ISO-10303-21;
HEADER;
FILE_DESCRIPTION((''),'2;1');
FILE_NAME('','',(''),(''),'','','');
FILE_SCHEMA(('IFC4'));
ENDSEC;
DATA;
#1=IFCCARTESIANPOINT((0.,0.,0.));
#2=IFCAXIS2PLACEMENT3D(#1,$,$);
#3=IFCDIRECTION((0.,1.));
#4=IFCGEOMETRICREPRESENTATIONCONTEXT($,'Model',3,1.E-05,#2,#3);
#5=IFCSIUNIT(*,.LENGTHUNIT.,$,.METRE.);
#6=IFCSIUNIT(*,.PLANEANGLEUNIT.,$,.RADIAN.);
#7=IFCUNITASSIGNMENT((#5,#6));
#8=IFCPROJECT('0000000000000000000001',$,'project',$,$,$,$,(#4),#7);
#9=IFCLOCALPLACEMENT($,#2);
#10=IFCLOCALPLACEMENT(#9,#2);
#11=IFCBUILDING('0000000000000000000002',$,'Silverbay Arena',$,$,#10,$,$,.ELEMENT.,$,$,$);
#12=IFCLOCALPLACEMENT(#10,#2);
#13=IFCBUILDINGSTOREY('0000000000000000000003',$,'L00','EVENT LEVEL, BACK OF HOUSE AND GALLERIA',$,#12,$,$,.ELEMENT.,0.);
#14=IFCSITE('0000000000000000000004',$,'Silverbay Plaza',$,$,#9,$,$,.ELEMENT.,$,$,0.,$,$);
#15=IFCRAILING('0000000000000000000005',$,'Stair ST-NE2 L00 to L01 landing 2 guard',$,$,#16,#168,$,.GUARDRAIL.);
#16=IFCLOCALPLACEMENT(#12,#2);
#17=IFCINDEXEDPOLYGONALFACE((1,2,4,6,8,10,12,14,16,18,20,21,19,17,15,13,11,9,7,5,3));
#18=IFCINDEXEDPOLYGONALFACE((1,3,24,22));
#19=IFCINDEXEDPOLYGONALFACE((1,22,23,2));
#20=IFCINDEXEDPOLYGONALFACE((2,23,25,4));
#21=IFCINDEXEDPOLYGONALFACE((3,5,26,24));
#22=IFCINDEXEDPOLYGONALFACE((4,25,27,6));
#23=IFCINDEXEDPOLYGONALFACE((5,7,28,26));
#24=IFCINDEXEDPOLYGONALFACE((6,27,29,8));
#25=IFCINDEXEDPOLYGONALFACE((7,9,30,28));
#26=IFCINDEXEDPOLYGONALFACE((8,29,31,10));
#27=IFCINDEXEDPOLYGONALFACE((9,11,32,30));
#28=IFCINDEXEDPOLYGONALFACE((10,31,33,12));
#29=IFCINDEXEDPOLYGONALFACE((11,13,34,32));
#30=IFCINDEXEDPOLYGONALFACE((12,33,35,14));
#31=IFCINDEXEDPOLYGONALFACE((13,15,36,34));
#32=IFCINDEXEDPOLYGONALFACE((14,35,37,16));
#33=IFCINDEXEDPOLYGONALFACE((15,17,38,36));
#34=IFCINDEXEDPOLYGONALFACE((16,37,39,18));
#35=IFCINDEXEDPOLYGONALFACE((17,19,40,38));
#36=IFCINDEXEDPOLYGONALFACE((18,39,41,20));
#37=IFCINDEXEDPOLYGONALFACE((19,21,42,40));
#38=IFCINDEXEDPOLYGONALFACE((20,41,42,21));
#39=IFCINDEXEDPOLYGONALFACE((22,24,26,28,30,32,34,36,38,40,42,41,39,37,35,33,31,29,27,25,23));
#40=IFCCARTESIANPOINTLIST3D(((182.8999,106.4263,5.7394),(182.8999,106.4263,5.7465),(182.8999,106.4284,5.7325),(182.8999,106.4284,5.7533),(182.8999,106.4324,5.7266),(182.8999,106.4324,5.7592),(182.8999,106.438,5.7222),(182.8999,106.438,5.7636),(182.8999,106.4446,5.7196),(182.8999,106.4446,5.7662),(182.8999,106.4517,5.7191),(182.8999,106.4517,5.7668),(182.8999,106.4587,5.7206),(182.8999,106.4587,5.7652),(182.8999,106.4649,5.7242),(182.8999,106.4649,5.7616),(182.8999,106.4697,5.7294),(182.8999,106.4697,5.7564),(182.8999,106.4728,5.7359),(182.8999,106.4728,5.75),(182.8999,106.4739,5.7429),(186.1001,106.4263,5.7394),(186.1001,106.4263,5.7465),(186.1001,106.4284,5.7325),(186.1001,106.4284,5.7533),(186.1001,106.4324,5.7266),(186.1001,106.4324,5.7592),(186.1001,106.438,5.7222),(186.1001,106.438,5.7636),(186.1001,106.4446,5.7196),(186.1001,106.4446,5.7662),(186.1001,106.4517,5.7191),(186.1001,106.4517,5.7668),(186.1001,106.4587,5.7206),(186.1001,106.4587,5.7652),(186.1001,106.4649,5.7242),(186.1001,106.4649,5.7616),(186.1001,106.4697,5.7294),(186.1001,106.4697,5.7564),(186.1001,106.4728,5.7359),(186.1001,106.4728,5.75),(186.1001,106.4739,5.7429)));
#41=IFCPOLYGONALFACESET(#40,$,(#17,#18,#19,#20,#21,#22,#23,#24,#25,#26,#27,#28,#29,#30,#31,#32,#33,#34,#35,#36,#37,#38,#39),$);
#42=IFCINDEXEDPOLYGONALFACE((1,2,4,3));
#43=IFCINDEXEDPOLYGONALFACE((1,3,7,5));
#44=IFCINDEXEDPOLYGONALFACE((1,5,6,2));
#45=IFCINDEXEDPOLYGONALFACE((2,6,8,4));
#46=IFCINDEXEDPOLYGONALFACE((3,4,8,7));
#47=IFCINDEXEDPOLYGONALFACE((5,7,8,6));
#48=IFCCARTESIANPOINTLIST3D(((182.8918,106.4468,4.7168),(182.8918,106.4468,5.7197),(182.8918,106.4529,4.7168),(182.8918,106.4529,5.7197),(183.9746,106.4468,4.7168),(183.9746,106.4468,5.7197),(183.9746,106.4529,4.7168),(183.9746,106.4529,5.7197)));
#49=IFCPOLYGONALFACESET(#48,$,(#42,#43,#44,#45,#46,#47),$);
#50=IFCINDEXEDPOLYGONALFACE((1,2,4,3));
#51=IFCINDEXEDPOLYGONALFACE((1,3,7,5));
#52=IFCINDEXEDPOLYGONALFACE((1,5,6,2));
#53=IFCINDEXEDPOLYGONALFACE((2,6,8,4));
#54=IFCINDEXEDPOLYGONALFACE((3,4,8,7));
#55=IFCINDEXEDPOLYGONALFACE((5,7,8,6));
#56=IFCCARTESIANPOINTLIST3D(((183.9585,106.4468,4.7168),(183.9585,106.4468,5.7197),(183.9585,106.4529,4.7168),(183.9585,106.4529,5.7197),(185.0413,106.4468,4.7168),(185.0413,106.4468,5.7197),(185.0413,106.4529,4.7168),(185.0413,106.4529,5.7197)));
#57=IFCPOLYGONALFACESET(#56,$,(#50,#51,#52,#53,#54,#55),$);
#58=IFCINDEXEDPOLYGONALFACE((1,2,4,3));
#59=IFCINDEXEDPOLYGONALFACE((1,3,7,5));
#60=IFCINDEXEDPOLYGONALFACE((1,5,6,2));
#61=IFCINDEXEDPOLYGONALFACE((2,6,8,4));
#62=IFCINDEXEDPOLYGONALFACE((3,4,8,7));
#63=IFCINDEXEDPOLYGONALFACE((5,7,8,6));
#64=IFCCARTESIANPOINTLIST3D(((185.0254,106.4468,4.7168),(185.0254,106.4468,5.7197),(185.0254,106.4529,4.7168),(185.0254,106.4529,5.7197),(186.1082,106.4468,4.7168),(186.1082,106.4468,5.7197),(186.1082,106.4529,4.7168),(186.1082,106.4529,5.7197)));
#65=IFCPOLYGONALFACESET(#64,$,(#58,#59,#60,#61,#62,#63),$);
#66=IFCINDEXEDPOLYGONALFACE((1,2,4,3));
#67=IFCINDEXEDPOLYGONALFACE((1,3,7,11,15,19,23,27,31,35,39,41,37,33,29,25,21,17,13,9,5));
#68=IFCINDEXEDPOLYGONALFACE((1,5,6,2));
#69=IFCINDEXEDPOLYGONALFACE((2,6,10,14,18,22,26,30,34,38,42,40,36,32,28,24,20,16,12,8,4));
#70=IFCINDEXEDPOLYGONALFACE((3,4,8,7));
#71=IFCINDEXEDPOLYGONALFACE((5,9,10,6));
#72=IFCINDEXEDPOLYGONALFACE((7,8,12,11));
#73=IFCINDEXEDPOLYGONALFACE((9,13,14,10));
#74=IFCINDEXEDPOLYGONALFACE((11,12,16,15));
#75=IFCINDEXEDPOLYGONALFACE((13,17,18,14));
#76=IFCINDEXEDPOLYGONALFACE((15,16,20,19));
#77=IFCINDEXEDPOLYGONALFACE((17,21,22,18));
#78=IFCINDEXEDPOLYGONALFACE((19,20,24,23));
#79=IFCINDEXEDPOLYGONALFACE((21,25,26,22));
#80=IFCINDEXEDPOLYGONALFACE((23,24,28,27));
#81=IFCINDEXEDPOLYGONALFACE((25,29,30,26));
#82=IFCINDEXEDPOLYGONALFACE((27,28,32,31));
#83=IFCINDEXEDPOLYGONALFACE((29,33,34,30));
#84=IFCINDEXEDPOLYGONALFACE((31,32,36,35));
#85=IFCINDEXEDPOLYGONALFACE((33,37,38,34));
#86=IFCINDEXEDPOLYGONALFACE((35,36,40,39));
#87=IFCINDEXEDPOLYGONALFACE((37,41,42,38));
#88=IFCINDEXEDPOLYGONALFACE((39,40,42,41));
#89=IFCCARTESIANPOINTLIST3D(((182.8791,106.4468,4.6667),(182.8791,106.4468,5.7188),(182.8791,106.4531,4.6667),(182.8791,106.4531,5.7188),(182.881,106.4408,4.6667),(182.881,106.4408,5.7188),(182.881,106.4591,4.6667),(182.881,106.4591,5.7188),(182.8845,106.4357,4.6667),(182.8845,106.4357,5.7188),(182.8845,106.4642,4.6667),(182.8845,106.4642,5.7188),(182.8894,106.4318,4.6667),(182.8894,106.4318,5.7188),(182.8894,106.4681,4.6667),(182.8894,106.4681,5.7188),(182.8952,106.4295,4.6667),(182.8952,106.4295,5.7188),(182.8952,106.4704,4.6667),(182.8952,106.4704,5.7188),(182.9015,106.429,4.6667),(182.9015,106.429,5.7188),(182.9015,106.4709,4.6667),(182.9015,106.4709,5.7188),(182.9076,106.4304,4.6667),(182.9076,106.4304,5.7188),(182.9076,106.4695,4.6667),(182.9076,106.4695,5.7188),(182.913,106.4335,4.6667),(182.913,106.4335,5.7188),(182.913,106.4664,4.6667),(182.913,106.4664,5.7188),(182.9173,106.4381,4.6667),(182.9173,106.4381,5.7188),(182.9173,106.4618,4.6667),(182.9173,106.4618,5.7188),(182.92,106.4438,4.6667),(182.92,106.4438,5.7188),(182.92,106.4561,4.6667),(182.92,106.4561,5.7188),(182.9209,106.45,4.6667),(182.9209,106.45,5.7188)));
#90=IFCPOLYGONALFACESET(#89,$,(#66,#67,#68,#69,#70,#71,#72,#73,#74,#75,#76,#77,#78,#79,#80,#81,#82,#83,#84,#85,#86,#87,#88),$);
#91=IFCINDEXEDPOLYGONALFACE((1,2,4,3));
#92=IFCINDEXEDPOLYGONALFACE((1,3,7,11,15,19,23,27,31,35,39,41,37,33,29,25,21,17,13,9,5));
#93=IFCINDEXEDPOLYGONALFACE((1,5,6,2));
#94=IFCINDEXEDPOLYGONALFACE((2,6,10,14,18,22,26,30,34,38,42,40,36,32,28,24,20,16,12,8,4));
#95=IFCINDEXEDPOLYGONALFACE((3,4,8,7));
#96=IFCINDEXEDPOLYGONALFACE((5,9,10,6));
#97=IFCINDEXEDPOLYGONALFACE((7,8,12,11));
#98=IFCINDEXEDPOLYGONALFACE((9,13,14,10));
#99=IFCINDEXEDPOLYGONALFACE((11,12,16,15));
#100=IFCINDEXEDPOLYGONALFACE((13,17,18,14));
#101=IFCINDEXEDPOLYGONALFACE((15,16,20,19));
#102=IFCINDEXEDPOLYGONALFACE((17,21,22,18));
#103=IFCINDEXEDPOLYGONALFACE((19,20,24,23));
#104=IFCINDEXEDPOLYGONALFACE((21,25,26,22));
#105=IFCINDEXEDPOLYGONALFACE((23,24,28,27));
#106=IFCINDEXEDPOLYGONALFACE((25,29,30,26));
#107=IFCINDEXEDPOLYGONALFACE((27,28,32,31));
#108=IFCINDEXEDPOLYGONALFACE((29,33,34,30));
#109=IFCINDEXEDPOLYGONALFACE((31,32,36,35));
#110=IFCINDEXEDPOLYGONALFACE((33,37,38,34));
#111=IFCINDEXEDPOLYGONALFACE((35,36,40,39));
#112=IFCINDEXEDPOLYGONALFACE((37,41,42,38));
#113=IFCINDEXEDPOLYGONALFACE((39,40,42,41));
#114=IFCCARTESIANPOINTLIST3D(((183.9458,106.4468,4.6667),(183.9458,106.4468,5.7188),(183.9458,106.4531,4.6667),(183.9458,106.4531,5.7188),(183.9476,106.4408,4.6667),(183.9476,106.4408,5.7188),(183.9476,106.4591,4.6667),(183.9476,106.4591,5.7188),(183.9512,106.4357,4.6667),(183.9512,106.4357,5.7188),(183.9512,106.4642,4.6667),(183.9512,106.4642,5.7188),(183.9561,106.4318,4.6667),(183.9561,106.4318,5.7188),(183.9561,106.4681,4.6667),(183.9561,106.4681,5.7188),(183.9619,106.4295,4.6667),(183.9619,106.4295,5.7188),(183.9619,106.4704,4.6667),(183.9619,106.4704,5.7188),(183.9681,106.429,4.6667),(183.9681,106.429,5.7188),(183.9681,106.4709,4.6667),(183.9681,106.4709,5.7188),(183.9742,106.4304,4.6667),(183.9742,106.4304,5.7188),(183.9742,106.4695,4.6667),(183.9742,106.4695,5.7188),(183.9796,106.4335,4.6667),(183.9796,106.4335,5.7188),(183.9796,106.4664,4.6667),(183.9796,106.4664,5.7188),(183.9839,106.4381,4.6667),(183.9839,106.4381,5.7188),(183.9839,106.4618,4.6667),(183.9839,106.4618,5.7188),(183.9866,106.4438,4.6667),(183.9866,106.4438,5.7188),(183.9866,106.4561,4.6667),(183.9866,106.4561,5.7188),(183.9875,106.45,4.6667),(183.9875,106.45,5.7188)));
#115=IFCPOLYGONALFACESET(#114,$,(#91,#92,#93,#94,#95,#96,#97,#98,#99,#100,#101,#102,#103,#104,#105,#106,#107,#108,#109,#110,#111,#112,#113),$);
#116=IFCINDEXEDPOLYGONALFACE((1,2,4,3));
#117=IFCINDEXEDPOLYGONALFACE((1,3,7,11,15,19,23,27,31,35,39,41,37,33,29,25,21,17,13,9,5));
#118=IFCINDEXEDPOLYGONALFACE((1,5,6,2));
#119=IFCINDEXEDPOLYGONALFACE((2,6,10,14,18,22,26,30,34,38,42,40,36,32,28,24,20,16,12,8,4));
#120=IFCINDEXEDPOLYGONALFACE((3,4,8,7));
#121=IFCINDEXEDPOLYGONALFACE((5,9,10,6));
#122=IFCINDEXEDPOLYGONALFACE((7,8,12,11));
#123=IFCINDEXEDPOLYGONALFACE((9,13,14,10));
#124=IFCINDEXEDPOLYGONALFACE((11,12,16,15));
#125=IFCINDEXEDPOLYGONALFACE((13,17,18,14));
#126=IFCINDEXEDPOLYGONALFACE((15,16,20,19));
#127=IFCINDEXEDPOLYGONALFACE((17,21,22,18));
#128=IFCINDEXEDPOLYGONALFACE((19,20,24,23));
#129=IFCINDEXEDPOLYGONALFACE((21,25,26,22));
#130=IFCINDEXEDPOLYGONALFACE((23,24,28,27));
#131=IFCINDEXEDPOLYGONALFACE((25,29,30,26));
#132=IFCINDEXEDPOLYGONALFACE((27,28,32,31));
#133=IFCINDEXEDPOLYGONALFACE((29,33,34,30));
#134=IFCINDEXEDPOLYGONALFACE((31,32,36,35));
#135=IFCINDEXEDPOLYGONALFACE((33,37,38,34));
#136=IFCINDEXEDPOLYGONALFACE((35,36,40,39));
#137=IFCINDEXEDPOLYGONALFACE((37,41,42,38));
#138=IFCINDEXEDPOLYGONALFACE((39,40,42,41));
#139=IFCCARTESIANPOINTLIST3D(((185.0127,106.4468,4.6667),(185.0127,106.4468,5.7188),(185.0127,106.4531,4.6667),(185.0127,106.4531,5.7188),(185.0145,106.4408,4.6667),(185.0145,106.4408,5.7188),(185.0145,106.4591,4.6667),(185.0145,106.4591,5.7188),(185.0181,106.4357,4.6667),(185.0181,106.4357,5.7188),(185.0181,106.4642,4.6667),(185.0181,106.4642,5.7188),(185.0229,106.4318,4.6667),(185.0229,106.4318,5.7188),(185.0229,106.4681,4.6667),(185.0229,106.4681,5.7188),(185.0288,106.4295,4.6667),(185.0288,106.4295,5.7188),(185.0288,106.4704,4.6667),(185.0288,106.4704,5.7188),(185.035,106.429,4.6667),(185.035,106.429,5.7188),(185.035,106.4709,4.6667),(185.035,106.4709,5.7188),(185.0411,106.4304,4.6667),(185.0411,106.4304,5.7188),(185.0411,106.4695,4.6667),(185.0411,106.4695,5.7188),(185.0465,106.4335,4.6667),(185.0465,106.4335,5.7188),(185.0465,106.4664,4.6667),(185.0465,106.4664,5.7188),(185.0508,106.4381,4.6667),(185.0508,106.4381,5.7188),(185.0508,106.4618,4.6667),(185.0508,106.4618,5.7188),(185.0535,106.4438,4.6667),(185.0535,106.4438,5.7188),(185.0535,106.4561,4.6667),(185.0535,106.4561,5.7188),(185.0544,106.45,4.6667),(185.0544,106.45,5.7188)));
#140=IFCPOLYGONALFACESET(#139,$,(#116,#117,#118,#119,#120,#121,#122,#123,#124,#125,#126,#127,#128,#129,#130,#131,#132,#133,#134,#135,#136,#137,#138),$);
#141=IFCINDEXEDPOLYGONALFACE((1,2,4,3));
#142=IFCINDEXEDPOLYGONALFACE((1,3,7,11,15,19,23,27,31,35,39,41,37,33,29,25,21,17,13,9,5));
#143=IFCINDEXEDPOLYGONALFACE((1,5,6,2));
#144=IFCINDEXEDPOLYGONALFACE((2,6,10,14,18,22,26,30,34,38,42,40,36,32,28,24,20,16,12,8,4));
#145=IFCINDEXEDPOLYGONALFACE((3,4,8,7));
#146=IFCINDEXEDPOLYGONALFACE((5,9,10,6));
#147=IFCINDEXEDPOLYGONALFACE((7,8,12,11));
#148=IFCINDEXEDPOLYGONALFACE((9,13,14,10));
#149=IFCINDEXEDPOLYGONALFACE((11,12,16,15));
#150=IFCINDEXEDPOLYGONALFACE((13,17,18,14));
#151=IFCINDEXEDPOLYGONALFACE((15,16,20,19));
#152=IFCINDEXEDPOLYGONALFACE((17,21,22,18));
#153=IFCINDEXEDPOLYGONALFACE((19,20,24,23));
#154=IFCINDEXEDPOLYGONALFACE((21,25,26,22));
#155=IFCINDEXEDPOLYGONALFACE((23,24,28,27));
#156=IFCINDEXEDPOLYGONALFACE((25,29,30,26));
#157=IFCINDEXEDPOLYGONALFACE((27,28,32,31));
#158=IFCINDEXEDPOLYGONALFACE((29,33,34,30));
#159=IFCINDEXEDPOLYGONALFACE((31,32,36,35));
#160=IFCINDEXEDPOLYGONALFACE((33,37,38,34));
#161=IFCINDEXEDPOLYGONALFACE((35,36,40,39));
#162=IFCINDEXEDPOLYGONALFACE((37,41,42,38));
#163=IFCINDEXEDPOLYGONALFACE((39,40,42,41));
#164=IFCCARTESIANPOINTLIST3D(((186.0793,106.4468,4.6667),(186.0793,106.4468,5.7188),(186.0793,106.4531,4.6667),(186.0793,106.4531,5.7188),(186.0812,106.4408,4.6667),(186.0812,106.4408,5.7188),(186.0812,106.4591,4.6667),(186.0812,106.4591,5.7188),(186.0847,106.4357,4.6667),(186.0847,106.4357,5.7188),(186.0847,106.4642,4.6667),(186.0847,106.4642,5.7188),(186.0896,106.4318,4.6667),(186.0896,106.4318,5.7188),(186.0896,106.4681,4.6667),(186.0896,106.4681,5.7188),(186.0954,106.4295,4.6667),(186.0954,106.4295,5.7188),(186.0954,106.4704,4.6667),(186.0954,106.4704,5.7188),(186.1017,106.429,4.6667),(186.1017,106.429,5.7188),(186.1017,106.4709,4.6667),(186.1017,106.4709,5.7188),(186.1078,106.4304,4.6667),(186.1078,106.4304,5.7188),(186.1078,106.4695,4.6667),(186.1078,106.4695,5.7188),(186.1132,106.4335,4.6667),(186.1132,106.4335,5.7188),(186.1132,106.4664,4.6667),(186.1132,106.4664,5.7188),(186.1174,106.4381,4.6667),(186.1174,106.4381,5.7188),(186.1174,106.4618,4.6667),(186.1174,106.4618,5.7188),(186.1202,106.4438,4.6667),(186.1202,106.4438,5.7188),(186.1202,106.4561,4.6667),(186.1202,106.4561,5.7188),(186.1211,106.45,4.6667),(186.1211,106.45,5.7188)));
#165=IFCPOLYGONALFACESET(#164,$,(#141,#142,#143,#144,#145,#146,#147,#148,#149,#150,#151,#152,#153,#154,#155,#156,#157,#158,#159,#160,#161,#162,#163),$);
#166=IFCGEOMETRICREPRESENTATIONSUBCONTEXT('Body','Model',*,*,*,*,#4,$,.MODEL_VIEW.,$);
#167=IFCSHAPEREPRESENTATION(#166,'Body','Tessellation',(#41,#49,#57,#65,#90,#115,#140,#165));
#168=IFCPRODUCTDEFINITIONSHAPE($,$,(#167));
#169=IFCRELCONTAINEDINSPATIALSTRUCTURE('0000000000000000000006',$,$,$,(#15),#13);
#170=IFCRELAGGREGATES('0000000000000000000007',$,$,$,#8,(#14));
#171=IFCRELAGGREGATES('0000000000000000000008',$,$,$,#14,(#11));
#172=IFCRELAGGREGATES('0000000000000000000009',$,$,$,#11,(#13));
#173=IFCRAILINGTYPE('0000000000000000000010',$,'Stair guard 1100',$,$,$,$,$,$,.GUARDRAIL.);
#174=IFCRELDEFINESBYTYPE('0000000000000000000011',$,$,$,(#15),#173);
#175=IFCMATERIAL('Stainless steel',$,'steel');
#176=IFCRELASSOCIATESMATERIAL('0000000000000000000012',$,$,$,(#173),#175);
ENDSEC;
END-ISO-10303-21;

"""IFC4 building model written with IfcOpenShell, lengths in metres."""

from ifc_helpers import new_model, si_unit, direction, frame, origin, origin_2d, place, context, subcontext, project, spatial, polyline, circle, outline, extrude, material, type_object, element, save


model = new_model("IFC4")

# Units and contexts
model_context = context("Model", 3, precision=1e-05, world=origin(), true_north=direction((0.0, 1.0)))
body_context = subcontext(model_context, "Body", "Model", "MODEL_VIEW")
ifc_project = project(units=[si_unit("LENGTHUNIT", "METRE"), si_unit("PLANEANGLEUNIT", "RADIAN")], contexts=[model_context])

# Site, building, storey
site_placement = place(None, origin())
site = spatial("IfcSite", under=ifc_project, at=site_placement, Name="Silverbay Plaza", CompositionType="ELEMENT", RefElevation=0.0)
building_placement = place(site_placement, origin())
building = spatial("IfcBuilding", under=site, at=building_placement, Name="Silverbay Arena", CompositionType="ELEMENT")
storey_placement = place(building_placement, origin())
storey = spatial("IfcBuildingStorey", under=building, at=storey_placement, Name="L00", Description="EVENT LEVEL, BACK OF HOUSE AND GALLERIA", CompositionType="ELEMENT", Elevation=0.0)

# Railing
ifc_material_1 = material(Name="Stainless steel", Category="steel")
railing_type_1 = type_object("IfcRailingType", Name="Stair guard 1100", PredefinedType="GUARDRAIL", material=ifc_material_1)
for number, where, name in (
    (1, (182.8999, 106.45, 4.6667), "Stair ST-NE2 L00 to L01 landing 2 guard"),
):
    element("IfcRailing", number, at=place(storey_placement, frame(where)), inside=storey, type_object=railing_type_1, Name=name, PredefinedType="GUARDRAIL", context=body_context, shape_type="SweptSolid", body=[
        extrude(circle(Radius=0.0239, at=origin_2d()), frame((0.0, 0.0, 1.0762), z_axis=(1.0, 0.0, 0.0), x_axis=(0.0, 1.0, 0.0)), (0.0, 0.0, 1.0), 3.2002),
        extrude(outline(polyline([(-0.0081, 0.05), (1.0747, 0.05), (1.0747, 1.053), (-0.0081, 1.053), (-0.0081, 0.05)])), frame((0.0, 0.0029, 0.0), z_axis=(0.0, -1.0, 0.0), x_axis=(1.0, 0.0, 0.0)), (0.0, 0.0, 1.0), 0.0061),
        extrude(outline(polyline([(-0.0081, 0.05), (1.0747, 0.05), (1.0747, 1.053), (-0.0081, 1.053), (-0.0081, 0.05)])), frame((1.0667, 0.0029, 0.0), z_axis=(0.0, -1.0, 0.0), x_axis=(1.0, 0.0, 0.0)), (0.0, 0.0, 1.0), 0.0061),
        extrude(outline(polyline([(-0.0081, 0.05), (1.0747, 0.05), (1.0747, 1.053), (-0.0081, 1.053), (-0.0081, 0.05)])), frame((2.1335, 0.0029, 0.0), z_axis=(0.0, -1.0, 0.0), x_axis=(1.0, 0.0, 0.0)), (0.0, 0.0, 1.0), 0.0061),
        extrude(circle(Radius=0.021, at=origin_2d()), origin(), (0.0, 0.0, 1.0), 1.052),
        extrude(circle(Radius=0.021, at=origin_2d()), frame((1.0667, 0.0, 0.0)), (0.0, 0.0, 1.0), 1.052),
        extrude(circle(Radius=0.021, at=origin_2d()), frame((2.1335, 0.0, 0.0)), (0.0, 0.0, 1.0), 1.052),
        extrude(circle(Radius=0.021, at=origin_2d()), frame((3.2002, 0.0, 0.0)), (0.0, 0.0, 1.0), 1.052),
    ])

save(model, "model.ifc")
